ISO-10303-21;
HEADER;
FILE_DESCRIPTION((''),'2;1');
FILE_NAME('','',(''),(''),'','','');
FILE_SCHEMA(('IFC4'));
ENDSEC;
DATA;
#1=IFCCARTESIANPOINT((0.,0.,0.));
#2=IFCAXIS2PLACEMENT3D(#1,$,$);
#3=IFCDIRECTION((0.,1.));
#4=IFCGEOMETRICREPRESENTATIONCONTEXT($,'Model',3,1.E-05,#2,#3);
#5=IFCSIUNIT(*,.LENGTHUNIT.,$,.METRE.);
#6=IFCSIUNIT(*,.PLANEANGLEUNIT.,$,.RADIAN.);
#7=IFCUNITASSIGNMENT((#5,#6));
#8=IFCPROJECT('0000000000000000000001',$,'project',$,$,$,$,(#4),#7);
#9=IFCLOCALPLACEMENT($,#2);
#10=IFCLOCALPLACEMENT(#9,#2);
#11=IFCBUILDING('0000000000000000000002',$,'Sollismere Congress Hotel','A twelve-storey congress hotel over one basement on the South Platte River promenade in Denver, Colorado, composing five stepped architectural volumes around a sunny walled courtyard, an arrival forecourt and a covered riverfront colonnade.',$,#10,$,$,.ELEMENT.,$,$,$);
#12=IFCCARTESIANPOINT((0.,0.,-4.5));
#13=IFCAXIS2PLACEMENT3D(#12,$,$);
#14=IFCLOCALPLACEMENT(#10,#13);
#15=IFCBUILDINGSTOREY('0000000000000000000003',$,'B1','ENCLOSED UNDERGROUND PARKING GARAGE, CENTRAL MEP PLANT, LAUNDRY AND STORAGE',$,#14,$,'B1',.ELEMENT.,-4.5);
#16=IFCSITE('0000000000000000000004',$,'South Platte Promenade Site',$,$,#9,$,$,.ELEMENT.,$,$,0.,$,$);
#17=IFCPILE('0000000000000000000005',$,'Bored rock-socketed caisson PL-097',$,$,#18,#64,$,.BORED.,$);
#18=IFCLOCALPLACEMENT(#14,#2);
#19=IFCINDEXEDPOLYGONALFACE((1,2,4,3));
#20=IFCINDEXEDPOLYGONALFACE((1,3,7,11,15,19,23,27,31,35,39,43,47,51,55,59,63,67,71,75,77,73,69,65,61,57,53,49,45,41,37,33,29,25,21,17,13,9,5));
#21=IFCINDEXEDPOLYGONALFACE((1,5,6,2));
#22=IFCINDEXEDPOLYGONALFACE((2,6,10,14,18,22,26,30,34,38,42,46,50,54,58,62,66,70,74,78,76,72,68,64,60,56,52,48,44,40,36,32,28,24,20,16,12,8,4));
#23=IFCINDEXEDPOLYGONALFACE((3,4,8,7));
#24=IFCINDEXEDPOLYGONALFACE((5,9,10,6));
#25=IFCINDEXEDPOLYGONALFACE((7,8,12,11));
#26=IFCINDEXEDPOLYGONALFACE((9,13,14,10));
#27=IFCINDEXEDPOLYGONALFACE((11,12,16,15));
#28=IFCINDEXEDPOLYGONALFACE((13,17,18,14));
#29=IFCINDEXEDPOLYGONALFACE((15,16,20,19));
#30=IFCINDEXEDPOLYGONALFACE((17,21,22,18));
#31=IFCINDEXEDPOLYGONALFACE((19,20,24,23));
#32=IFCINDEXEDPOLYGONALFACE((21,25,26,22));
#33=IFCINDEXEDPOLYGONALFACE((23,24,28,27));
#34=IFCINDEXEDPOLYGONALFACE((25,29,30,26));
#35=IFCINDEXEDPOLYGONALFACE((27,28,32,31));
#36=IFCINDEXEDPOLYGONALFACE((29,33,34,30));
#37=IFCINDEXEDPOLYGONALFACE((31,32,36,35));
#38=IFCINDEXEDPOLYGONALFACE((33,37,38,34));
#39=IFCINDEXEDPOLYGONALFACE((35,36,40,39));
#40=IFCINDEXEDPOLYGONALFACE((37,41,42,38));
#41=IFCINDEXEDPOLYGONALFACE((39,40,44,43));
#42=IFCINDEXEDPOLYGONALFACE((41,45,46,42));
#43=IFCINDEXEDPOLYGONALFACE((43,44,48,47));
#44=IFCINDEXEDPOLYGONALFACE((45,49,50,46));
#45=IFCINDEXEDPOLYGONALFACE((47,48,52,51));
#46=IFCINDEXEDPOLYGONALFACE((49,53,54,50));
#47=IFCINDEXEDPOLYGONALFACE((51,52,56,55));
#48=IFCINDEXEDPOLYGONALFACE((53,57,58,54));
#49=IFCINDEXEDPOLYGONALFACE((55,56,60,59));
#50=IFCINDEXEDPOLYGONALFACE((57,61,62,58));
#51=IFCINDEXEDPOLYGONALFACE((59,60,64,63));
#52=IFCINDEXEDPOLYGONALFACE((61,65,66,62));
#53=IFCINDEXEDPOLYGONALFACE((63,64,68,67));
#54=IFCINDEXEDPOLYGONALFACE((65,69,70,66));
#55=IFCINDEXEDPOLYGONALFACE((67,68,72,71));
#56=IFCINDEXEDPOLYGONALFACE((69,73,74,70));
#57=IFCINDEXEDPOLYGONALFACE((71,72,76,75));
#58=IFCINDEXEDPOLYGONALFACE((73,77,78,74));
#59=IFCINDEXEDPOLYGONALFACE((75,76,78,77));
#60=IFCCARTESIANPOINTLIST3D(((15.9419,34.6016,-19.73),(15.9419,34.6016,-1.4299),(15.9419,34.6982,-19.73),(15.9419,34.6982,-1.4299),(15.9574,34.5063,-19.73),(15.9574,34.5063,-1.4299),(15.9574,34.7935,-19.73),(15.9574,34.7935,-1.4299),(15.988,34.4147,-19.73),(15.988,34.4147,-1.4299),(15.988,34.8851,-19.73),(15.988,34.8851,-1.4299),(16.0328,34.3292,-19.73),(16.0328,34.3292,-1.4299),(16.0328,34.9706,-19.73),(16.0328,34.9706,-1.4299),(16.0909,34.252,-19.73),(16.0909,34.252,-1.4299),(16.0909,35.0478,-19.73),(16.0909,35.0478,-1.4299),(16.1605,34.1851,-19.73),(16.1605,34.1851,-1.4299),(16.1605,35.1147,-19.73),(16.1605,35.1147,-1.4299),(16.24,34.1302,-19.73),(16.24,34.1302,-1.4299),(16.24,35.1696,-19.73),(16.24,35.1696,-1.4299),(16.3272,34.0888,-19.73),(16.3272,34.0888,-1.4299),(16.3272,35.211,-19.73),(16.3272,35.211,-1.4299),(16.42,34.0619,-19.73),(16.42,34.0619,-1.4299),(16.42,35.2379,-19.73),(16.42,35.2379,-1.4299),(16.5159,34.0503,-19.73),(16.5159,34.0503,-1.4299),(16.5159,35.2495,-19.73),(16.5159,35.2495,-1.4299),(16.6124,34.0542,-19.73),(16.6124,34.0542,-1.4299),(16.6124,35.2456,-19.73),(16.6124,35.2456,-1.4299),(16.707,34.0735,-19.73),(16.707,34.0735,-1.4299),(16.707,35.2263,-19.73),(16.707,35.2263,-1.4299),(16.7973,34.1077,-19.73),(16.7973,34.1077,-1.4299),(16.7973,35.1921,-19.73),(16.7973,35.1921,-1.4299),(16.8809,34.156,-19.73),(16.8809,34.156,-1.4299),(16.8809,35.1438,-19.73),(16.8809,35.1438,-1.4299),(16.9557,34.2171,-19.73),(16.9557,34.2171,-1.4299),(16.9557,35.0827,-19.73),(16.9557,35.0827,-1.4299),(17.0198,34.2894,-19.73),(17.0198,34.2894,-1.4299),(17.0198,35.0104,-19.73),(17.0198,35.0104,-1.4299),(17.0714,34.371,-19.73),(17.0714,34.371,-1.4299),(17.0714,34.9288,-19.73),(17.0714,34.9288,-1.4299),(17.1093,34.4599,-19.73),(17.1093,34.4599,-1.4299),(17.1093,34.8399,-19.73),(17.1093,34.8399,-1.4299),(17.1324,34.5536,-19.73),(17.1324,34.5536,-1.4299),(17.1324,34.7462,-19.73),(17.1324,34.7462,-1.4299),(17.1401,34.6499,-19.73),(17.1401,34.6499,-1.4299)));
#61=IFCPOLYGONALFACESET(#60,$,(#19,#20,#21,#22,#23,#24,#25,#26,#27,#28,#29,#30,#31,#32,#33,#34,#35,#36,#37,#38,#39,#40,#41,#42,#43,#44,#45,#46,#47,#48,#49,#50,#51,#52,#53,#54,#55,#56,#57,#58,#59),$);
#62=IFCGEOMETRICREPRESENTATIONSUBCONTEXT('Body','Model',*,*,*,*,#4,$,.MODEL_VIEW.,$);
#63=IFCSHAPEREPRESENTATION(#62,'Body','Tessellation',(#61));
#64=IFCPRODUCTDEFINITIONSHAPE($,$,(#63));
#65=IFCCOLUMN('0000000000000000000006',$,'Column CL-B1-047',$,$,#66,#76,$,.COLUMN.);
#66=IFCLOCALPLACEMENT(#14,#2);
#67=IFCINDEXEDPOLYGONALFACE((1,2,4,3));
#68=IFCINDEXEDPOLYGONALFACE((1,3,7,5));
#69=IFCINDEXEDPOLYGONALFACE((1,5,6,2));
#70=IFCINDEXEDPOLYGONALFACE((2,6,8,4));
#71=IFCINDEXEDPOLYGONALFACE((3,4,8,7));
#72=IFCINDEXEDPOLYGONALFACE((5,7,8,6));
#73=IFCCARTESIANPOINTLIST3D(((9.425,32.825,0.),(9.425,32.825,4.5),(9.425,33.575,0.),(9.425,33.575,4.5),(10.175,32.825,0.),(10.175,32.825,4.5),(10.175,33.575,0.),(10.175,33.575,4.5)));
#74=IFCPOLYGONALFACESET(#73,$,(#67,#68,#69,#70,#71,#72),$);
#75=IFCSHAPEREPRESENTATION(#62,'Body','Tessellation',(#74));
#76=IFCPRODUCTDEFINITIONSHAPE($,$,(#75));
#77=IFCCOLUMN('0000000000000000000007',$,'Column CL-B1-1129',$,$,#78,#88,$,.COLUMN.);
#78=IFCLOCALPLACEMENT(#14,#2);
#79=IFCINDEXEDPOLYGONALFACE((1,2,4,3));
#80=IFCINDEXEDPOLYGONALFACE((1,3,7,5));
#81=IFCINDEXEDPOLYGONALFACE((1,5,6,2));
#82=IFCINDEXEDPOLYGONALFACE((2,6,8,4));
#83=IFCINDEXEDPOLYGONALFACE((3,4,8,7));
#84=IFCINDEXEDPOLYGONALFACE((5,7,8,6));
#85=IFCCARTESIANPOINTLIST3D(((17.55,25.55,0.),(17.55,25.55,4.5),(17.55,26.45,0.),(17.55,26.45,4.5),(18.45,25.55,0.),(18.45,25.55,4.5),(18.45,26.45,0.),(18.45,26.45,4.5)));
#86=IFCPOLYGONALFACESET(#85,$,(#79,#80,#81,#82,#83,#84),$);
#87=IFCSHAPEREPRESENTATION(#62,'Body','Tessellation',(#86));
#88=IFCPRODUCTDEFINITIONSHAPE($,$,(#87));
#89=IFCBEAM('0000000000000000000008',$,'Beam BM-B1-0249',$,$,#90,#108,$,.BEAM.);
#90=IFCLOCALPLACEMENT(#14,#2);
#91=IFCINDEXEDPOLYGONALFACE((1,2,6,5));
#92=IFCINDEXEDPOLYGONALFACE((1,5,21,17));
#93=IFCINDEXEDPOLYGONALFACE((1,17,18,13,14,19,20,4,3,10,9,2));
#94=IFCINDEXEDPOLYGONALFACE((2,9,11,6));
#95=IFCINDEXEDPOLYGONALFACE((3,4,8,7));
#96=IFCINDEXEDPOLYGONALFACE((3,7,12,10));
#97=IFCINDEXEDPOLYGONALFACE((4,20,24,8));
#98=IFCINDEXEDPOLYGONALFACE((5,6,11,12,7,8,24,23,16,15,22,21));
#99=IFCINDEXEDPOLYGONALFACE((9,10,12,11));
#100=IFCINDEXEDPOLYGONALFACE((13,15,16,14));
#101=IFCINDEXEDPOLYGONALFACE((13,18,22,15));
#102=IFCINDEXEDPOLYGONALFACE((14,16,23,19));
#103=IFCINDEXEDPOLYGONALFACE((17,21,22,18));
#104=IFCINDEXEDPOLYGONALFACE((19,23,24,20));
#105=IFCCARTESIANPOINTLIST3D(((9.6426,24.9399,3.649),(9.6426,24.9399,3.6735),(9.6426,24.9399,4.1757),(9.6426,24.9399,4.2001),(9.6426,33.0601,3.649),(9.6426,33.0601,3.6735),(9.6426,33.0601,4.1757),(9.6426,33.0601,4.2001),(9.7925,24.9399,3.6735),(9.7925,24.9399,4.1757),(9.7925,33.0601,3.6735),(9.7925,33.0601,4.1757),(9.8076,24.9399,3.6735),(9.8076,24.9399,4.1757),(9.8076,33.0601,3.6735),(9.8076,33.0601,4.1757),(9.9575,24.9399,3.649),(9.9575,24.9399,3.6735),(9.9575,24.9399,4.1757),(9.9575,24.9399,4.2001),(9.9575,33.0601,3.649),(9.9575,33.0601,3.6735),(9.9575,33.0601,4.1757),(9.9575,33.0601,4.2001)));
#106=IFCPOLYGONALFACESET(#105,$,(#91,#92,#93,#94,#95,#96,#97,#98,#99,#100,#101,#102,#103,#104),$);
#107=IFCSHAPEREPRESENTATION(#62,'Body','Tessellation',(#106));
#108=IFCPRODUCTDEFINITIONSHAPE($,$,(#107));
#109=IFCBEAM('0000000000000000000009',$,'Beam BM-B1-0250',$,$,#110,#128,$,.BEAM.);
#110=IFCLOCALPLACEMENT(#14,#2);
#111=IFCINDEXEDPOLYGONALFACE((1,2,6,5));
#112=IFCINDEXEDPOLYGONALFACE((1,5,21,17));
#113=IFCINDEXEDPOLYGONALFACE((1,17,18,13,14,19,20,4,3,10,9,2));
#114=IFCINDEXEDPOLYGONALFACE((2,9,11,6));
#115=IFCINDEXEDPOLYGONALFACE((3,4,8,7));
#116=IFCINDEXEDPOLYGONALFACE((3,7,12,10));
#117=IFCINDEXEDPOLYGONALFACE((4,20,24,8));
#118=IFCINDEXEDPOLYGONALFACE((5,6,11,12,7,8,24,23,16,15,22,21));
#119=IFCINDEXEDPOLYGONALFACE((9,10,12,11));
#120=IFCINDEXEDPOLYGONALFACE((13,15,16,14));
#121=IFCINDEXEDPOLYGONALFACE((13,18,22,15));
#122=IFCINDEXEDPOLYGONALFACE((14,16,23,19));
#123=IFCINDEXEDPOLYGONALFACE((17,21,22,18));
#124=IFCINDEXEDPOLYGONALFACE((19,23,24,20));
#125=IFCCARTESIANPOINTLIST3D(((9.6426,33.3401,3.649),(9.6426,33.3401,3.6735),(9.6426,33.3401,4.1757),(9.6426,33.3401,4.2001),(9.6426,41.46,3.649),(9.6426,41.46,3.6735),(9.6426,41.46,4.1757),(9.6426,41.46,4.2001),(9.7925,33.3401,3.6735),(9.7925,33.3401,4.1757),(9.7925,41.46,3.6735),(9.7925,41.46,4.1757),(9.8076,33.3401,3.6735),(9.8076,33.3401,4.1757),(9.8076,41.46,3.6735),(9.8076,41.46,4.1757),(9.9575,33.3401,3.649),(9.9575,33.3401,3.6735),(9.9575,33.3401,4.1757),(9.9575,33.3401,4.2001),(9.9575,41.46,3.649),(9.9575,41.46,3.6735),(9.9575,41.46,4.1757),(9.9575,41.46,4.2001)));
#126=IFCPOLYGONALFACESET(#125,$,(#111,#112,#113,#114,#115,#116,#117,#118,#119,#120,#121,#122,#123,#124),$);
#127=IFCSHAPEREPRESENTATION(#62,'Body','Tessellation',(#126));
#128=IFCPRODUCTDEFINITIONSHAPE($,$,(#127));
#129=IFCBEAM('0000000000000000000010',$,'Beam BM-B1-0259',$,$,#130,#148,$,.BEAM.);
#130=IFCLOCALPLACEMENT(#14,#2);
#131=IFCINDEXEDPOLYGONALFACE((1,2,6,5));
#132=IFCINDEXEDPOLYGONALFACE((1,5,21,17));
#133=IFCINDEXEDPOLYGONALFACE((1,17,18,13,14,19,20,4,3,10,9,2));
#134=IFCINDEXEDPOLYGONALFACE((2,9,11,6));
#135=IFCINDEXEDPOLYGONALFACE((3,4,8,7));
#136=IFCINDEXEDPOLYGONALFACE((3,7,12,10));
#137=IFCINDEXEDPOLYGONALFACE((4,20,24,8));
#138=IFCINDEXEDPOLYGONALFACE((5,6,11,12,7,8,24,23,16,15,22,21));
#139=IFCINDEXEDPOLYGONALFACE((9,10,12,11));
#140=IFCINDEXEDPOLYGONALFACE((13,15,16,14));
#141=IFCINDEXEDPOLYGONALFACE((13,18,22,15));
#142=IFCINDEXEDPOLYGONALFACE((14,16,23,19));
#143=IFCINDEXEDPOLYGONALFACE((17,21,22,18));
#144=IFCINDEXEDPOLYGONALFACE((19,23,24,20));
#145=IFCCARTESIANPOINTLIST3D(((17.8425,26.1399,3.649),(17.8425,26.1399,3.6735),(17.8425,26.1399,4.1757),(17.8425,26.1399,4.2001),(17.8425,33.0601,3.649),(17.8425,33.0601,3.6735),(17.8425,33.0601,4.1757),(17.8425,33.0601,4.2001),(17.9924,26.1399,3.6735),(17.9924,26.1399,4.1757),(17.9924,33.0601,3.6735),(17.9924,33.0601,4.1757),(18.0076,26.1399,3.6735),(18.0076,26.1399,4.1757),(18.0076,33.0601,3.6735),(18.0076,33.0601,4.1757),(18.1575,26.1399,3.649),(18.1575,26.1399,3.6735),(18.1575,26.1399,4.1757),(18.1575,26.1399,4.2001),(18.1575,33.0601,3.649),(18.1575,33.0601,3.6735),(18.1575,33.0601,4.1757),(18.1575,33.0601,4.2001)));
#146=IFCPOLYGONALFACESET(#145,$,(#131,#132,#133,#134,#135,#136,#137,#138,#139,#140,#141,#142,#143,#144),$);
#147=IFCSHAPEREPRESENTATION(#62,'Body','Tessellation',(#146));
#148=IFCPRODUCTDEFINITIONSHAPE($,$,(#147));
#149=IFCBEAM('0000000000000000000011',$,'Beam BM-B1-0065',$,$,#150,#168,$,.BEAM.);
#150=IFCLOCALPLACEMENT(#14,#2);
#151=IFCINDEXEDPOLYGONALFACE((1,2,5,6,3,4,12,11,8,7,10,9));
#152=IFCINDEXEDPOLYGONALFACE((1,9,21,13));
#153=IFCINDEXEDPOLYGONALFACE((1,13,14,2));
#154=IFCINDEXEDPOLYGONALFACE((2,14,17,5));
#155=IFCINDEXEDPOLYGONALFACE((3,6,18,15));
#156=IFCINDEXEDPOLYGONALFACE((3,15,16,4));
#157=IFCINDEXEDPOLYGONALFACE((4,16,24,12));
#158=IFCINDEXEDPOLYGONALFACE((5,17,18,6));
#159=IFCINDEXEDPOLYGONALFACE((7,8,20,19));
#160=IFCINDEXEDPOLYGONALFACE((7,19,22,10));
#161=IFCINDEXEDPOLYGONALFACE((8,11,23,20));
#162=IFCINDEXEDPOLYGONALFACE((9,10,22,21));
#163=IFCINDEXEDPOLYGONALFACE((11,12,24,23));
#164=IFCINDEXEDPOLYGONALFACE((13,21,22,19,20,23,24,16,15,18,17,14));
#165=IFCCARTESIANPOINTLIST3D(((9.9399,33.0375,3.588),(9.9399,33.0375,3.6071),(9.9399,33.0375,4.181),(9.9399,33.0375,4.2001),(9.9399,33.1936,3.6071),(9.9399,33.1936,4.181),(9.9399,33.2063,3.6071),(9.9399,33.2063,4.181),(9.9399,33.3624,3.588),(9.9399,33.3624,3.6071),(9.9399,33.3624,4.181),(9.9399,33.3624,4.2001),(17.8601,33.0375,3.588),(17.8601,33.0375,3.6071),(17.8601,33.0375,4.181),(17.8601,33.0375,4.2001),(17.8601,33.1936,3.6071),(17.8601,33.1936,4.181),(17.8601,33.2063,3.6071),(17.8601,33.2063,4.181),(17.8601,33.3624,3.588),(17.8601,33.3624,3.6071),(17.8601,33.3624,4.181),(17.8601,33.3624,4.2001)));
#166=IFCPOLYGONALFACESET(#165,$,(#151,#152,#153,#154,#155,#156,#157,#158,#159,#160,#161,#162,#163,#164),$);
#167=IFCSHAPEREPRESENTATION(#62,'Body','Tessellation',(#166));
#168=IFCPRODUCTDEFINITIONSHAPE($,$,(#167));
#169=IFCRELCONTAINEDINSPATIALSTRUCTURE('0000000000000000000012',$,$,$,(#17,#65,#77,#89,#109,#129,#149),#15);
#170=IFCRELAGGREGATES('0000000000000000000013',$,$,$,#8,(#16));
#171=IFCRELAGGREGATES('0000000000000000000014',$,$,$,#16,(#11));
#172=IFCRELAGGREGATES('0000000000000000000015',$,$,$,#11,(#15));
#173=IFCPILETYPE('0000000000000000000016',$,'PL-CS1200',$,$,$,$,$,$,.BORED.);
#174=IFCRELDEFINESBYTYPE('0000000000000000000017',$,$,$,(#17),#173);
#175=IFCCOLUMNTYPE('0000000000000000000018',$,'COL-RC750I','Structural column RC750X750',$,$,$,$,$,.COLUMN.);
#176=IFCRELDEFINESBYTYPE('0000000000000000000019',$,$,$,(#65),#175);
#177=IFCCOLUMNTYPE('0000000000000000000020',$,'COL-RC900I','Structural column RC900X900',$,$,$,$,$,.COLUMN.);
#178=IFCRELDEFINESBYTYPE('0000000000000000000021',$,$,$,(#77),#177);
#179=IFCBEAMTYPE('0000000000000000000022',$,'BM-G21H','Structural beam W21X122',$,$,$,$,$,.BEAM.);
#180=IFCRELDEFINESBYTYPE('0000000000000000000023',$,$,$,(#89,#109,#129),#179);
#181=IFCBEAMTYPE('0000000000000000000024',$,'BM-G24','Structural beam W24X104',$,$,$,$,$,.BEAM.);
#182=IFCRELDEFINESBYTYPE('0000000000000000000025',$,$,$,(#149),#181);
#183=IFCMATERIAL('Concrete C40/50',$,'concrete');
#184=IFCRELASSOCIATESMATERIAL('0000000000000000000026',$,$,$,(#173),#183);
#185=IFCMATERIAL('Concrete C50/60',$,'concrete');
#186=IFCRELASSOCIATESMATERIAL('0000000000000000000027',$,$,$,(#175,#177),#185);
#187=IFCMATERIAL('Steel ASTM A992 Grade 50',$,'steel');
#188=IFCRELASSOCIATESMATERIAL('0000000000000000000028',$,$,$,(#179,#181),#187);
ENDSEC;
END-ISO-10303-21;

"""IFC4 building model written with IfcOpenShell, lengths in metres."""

from ifc_helpers import new_model, si_unit, direction, frame, origin, origin_2d, place, context, subcontext, project, spatial, rectangle, circle, i_section, extrude, material, material_profile, profile_set, type_object, element, save


model = new_model("IFC4")

# Units and contexts
model_context = context("Model", 3, precision=1e-05, world=origin(), true_north=direction((0.0, 1.0)))
body_context = subcontext(model_context, "Body", "Model", "MODEL_VIEW")
ifc_project = project(units=[si_unit("LENGTHUNIT", "METRE"), si_unit("PLANEANGLEUNIT", "RADIAN")], contexts=[model_context])

# Site, building, storey
site_placement = place(None, origin())
site = spatial("IfcSite", under=ifc_project, at=site_placement, Name="South Platte Promenade Site", CompositionType="ELEMENT", RefElevation=0.0)
building_placement = place(site_placement, origin())
building = spatial("IfcBuilding", under=site, at=building_placement, Name="Sollismere Congress Hotel", Description="A twelve-storey congress hotel over one basement on the South Platte River promenade in Denver, Colorado, composing five stepped architectural volumes around a sunny walled courtyard, an arrival forecourt and a covered riverfront colonnade.", CompositionType="ELEMENT")
storey_placement = place(building_placement, frame((0.0, 0.0, -4.5)))
storey = spatial("IfcBuildingStorey", under=building, at=storey_placement, Name="B1", Description="ENCLOSED UNDERGROUND PARKING GARAGE, CENTRAL MEP PLANT, LAUNDRY AND STORAGE", LongName="B1", CompositionType="ELEMENT", Elevation=-4.5)

# Shared definitions
ifc_material_1 = material(Name="Concrete C40/50", Category="concrete")

# Pile
ifc_material_profile_1 = material_profile(ifc_material_1, circle(Radius=0.6001, at=origin_2d()), Name="CAISSON1200")
ifc_profile_set_1 = profile_set([ifc_material_profile_1], Name="Concrete C40/50")
pile_type = type_object("IfcPileType", Name="PL-CS1200", PredefinedType="BORED", material=ifc_profile_set_1)
for number, where, z_axis, x_axis, name in (
    (1, (16.54, 34.6499, -1.4299), (0.0, 0.0, -1.0), (1.0, 0.0, 0.0), "Bored rock-socketed caisson PL-097"),
):
    element("IfcPile", number, at=place(storey_placement, frame(where, z_axis=z_axis, x_axis=x_axis)), inside=storey, type_object=pile_type, Name=name, PredefinedType="BORED", context=body_context, shape_type="SweptSolid", body=[
        extrude(circle(Radius=0.6001, at=origin_2d()), origin(), (0.0, 0.0, 1.0), 18.3),
    ])

# Columns
ifc_material_2 = material(Name="Concrete C50/60", Category="concrete")
ifc_material_profile_2 = material_profile(ifc_material_2, rectangle(XDim=0.75, YDim=0.75, at=origin_2d()), Name="RC750X750")
ifc_profile_set_2 = profile_set([ifc_material_profile_2], Name="Concrete C50/60")
column_type_1 = type_object("IfcColumnType", Name="COL-RC750I", Description="Structural column RC750X750", PredefinedType="COLUMN", material=ifc_profile_set_2)
column_1_placement = place(storey_placement, frame((9.8, 33.2, 0.0), z_axis=(0.0, 0.0, 1.0), x_axis=(1.0, 0.0, 0.0)))
element("IfcColumn", 2, at=column_1_placement, inside=storey, type_object=column_type_1, Name="Column CL-B1-047", PredefinedType="COLUMN", context=body_context, shape_type="SweptSolid", body=[
    extrude(rectangle(XDim=0.75, YDim=0.75, at=origin_2d()), origin(), (0.0, 0.0, 1.0), 4.5),
])
ifc_material_profile_3 = material_profile(ifc_material_2, rectangle(XDim=0.8999, YDim=0.8999, at=origin_2d()), Name="RC900X900")
ifc_profile_set_3 = profile_set([ifc_material_profile_3], Name="Concrete C50/60")
column_type_2 = type_object("IfcColumnType", Name="COL-RC900I", Description="Structural column RC900X900", PredefinedType="COLUMN", material=ifc_profile_set_3)
column_2_placement = place(storey_placement, frame((18.0, 26.0, 0.0), z_axis=(0.0, 0.0, 1.0), x_axis=(1.0, 0.0, 0.0)))
element("IfcColumn", 3, at=column_2_placement, inside=storey, type_object=column_type_2, Name="Column CL-B1-1129", PredefinedType="COLUMN", context=body_context, shape_type="SweptSolid", body=[
    extrude(rectangle(XDim=0.8999, YDim=0.8999, at=origin_2d()), origin(), (0.0, 0.0, 1.0), 4.5),
])

# Beams
ifc_material_3 = material(Name="Steel ASTM A992 Grade 50", Category="steel")
ifc_material_profile_4 = material_profile(ifc_material_3, i_section(OverallWidth=0.3149, OverallDepth=0.551, WebThickness=0.0151, FlangeThickness=0.0244, at=origin_2d()), Name="W21X122")
ifc_profile_set_4 = profile_set([ifc_material_profile_4], Name="Steel ASTM A992 Grade 50")
beam_type_1 = type_object("IfcBeamType", Name="BM-G21H", Description="Structural beam W21X122", PredefinedType="BEAM", material=ifc_profile_set_4)
beam_1_placement = place(storey_placement, frame((9.8, 24.9399, 3.9246), z_axis=(0.0, 1.0, 0.0), x_axis=(-1.0, 0.0, 0.0)))
element("IfcBeam", 4, at=beam_1_placement, inside=storey, type_object=beam_type_1, Name="Beam BM-B1-0249", PredefinedType="BEAM", context=body_context, shape_type="SweptSolid", body=[
    extrude(i_section(OverallWidth=0.3149, OverallDepth=0.551, WebThickness=0.0151, FlangeThickness=0.0244, at=origin_2d()), origin(), (0.0, 0.0, 1.0), 8.1201),
])
beam_2_placement = place(storey_placement, frame((9.8, 33.3401, 3.9246), z_axis=(0.0, 1.0, 0.0), x_axis=(-1.0, 0.0, 0.0)))
element("IfcBeam", 5, at=beam_2_placement, inside=storey, type_object=beam_type_1, Name="Beam BM-B1-0250", PredefinedType="BEAM", context=body_context, shape_type="SweptSolid", body=[
    extrude(i_section(OverallWidth=0.3149, OverallDepth=0.551, WebThickness=0.0151, FlangeThickness=0.0244, at=origin_2d()), origin(), (0.0, 0.0, 1.0), 8.1199),
])
beam_3_placement = place(storey_placement, frame((18.0, 26.1399, 3.9246), z_axis=(0.0, 1.0, 0.0), x_axis=(-1.0, 0.0, 0.0)))
element("IfcBeam", 6, at=beam_3_placement, inside=storey, type_object=beam_type_1, Name="Beam BM-B1-0259", PredefinedType="BEAM", context=body_context, shape_type="SweptSolid", body=[
    extrude(i_section(OverallWidth=0.3149, OverallDepth=0.551, WebThickness=0.0151, FlangeThickness=0.0244, at=origin_2d()), origin(), (0.0, 0.0, 1.0), 6.9202),
])
ifc_material_profile_5 = material_profile(ifc_material_3, i_section(OverallWidth=0.325, OverallDepth=0.6121, WebThickness=0.0127, FlangeThickness=0.019, at=origin_2d()), Name="W24X104")
ifc_profile_set_5 = profile_set([ifc_material_profile_5], Name="Steel ASTM A992 Grade 50")
beam_type_2 = type_object("IfcBeamType", Name="BM-G24", Description="Structural beam W24X104", PredefinedType="BEAM", material=ifc_profile_set_5)
beam_4_placement = place(storey_placement, frame((9.9399, 33.2, 3.894), z_axis=(1.0, 0.0, 0.0), x_axis=(0.0, 1.0, 0.0)))
element("IfcBeam", 7, at=beam_4_placement, inside=storey, type_object=beam_type_2, Name="Beam BM-B1-0065", PredefinedType="BEAM", context=body_context, shape_type="SweptSolid", body=[
    extrude(i_section(OverallWidth=0.325, OverallDepth=0.6121, WebThickness=0.0127, FlangeThickness=0.019, at=origin_2d()), origin(), (0.0, 0.0, 1.0), 7.9202),
])

save(model, "model.ifc")
